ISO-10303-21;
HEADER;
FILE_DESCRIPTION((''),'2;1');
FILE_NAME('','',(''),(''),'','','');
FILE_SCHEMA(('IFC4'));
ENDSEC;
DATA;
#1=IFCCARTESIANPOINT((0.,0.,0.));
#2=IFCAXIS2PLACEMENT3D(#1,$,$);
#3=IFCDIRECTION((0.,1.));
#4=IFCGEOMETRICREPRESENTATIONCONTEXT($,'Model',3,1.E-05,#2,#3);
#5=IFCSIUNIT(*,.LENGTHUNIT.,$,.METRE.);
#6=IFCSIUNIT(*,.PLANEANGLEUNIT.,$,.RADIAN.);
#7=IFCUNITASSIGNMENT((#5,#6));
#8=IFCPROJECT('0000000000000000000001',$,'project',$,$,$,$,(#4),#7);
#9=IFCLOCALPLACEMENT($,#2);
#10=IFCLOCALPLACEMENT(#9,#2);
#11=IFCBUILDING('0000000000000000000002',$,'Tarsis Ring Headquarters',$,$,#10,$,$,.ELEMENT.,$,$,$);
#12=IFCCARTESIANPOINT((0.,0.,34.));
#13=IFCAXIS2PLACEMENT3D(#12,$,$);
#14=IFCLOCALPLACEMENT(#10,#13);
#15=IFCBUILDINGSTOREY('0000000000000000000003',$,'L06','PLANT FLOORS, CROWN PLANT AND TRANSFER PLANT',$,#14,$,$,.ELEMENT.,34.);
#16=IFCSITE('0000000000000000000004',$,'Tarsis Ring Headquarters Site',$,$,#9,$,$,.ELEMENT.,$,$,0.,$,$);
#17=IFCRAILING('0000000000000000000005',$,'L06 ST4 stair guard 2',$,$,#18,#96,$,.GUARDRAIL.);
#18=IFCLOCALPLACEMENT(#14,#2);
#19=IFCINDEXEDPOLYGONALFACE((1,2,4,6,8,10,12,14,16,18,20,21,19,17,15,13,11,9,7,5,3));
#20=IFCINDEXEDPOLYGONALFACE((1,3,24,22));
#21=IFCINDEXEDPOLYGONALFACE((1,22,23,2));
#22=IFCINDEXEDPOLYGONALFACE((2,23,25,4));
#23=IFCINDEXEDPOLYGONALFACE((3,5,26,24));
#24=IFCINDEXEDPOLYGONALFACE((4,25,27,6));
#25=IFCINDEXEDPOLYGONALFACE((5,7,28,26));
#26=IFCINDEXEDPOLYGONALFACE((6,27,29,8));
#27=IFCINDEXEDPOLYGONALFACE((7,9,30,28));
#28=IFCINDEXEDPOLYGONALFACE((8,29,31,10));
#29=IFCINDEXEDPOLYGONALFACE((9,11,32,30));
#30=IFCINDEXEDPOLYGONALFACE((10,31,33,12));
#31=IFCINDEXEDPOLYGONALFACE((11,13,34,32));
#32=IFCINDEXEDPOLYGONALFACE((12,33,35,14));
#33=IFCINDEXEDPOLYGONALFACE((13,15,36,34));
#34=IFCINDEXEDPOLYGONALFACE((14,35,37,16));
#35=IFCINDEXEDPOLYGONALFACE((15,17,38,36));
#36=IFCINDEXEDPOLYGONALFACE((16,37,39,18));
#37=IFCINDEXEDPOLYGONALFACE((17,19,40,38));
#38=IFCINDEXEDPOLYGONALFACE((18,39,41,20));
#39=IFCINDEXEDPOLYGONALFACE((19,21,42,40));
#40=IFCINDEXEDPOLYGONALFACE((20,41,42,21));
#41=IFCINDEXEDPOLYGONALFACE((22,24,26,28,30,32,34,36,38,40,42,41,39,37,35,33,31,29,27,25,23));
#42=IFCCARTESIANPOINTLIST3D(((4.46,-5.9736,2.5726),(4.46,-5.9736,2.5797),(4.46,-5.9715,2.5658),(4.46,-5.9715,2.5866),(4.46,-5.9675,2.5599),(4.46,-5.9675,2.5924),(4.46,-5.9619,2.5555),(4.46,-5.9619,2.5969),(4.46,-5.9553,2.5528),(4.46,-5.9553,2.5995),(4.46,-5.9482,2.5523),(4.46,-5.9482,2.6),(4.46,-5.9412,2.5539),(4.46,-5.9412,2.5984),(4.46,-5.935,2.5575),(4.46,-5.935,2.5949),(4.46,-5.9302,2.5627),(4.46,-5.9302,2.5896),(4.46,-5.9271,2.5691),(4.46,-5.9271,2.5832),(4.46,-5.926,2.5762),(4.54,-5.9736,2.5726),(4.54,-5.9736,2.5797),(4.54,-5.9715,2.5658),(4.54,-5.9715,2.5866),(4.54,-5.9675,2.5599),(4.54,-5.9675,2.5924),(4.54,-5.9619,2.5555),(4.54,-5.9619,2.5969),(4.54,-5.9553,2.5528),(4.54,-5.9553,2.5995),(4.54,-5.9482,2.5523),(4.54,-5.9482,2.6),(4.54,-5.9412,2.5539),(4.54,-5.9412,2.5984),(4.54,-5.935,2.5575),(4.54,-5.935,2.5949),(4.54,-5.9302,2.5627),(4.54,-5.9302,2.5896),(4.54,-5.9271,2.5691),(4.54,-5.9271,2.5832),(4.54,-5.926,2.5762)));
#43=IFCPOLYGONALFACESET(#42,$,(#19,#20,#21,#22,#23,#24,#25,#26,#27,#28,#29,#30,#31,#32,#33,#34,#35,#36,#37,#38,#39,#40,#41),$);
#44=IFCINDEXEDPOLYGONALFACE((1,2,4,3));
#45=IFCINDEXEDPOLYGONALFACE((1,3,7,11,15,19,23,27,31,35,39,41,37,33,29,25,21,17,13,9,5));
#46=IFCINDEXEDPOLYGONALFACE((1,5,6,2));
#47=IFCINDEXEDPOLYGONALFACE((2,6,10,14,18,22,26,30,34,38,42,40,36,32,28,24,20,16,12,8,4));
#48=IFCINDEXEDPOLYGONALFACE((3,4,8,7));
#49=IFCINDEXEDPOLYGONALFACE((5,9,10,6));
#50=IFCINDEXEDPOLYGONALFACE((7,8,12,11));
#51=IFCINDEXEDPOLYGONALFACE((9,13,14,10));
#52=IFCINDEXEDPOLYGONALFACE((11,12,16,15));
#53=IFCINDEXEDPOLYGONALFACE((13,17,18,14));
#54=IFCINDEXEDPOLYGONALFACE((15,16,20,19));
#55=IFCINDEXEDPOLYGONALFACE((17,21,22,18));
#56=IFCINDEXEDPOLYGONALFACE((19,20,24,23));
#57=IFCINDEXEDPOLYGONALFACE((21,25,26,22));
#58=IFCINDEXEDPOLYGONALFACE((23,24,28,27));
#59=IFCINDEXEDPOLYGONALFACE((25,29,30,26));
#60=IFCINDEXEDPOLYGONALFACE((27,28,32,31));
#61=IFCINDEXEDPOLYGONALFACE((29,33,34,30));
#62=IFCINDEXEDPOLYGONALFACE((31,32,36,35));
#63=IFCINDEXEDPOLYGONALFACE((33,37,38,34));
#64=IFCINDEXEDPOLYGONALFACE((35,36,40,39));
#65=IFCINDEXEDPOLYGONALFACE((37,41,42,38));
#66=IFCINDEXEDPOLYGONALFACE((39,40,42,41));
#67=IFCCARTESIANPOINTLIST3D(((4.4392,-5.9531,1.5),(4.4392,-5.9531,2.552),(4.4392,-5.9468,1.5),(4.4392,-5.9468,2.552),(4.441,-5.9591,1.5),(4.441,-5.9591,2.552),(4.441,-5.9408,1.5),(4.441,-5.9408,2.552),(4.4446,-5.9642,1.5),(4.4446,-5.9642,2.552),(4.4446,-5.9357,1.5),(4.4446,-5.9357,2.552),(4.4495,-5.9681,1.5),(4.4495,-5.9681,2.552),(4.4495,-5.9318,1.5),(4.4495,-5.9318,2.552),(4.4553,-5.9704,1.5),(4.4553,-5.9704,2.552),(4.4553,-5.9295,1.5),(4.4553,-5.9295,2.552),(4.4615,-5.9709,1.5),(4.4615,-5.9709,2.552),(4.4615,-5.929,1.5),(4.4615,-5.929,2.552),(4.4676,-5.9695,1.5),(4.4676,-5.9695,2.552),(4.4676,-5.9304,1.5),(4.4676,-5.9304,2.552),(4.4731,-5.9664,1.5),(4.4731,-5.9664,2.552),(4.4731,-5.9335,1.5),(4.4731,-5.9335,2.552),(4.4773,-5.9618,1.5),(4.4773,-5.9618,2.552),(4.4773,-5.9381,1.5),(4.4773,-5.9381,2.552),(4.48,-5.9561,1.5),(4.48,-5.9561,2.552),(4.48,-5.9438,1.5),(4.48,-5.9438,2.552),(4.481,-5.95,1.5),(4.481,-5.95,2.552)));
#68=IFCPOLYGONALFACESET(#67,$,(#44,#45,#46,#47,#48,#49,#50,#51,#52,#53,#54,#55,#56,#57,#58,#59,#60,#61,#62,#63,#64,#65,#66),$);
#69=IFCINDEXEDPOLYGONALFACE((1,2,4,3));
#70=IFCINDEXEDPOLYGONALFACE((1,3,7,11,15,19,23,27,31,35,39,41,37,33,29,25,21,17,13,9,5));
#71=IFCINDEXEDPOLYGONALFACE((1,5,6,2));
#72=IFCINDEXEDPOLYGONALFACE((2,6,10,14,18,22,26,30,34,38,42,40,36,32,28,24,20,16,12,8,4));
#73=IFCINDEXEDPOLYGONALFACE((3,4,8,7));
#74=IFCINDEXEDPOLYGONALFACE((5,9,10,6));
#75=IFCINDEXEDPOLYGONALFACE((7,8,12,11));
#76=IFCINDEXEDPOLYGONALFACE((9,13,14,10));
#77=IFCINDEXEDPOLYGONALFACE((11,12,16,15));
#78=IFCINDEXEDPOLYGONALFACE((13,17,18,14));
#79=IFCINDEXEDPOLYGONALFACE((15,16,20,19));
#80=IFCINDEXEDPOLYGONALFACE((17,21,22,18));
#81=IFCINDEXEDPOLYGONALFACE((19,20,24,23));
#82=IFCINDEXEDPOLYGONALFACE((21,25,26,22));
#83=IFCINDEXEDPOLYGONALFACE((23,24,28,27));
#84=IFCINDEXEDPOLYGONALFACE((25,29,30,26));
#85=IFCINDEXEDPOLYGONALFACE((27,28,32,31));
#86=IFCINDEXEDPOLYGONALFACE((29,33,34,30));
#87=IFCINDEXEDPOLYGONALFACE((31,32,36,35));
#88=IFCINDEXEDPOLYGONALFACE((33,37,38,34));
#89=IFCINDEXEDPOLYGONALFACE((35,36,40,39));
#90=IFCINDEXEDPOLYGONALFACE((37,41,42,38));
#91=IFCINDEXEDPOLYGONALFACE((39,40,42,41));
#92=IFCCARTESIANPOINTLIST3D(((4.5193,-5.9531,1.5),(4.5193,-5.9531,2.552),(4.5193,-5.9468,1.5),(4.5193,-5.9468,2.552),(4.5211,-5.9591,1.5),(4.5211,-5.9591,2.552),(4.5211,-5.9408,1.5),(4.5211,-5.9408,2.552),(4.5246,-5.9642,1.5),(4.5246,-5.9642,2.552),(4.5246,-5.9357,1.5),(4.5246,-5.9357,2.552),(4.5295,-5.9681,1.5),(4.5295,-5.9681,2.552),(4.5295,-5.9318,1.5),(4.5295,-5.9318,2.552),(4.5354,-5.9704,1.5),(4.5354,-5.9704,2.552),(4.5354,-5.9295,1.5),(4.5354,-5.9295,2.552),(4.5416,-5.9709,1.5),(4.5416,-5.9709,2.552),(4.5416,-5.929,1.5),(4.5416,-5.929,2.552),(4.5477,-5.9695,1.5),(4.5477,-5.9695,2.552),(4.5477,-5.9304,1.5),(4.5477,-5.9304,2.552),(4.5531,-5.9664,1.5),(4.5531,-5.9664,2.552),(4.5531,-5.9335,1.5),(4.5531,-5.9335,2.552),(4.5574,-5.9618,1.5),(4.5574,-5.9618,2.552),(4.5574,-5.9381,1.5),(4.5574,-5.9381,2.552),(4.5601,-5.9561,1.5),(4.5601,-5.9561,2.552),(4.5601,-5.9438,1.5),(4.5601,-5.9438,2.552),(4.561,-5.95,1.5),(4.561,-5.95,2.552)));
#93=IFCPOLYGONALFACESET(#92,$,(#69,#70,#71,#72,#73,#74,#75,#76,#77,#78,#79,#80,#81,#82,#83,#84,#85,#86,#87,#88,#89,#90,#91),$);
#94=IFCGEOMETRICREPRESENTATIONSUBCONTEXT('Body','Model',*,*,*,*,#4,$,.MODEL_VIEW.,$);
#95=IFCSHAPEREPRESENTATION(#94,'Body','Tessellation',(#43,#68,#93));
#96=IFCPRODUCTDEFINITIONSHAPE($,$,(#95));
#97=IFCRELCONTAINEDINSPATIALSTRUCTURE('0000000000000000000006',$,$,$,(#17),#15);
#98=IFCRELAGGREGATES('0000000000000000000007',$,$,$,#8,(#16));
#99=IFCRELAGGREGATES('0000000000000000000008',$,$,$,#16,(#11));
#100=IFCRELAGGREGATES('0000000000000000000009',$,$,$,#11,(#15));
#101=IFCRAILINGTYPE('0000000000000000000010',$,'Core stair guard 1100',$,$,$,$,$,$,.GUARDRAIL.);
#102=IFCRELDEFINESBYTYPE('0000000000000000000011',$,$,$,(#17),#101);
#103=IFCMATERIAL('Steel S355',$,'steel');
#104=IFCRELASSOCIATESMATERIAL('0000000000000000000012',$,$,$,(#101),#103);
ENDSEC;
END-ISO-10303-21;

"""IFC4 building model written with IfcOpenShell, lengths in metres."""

from ifc_helpers import new_model, si_unit, direction, frame, origin, origin_2d, place, context, subcontext, project, spatial, circle, extrude, material, type_object, element, save


model = new_model("IFC4")

# Units and contexts
model_context = context("Model", 3, precision=1e-05, world=origin(), true_north=direction((0.0, 1.0)))
body_context = subcontext(model_context, "Body", "Model", "MODEL_VIEW")
ifc_project = project(units=[si_unit("LENGTHUNIT", "METRE"), si_unit("PLANEANGLEUNIT", "RADIAN")], contexts=[model_context])

# Site, building, storey
site_placement = place(None, origin())
site = spatial("IfcSite", under=ifc_project, at=site_placement, Name="Tarsis Ring Headquarters Site", CompositionType="ELEMENT", RefElevation=0.0)
building_placement = place(site_placement, origin())
building = spatial("IfcBuilding", under=site, at=building_placement, Name="Tarsis Ring Headquarters", CompositionType="ELEMENT")
storey_placement = place(building_placement, frame((0.0, 0.0, 34.0)))
storey = spatial("IfcBuildingStorey", under=building, at=storey_placement, Name="L06", Description="PLANT FLOORS, CROWN PLANT AND TRANSFER PLANT", CompositionType="ELEMENT", Elevation=34.0)

# Railing
ifc_material_1 = material(Name="Steel S355", Category="steel")
railing_type_1 = type_object("IfcRailingType", Name="Core stair guard 1100", PredefinedType="GUARDRAIL", material=ifc_material_1)
railing_1_placement = place(storey_placement, frame((4.46, -5.95, 1.5)))
element("IfcRailing", 1, at=railing_1_placement, inside=storey, type_object=railing_type_1, Name="L06 ST4 stair guard 2", PredefinedType="GUARDRAIL", context=body_context, shape_type="SweptSolid", body=[
    extrude(circle(Radius=0.0239, at=origin_2d()), frame((0.0, 0.0, 1.0762), z_axis=(1.0, 0.0, 0.0), x_axis=(0.0, 1.0, 0.0)), (0.0, 0.0, 1.0), 0.0801),
    extrude(circle(Radius=0.021, at=origin_2d()), origin(), (0.0, 0.0, 1.0), 1.052),
    extrude(circle(Radius=0.021, at=origin_2d()), frame((0.0801, 0.0, 0.0)), (0.0, 0.0, 1.0), 1.052),
])

save(model, "model.ifc")
